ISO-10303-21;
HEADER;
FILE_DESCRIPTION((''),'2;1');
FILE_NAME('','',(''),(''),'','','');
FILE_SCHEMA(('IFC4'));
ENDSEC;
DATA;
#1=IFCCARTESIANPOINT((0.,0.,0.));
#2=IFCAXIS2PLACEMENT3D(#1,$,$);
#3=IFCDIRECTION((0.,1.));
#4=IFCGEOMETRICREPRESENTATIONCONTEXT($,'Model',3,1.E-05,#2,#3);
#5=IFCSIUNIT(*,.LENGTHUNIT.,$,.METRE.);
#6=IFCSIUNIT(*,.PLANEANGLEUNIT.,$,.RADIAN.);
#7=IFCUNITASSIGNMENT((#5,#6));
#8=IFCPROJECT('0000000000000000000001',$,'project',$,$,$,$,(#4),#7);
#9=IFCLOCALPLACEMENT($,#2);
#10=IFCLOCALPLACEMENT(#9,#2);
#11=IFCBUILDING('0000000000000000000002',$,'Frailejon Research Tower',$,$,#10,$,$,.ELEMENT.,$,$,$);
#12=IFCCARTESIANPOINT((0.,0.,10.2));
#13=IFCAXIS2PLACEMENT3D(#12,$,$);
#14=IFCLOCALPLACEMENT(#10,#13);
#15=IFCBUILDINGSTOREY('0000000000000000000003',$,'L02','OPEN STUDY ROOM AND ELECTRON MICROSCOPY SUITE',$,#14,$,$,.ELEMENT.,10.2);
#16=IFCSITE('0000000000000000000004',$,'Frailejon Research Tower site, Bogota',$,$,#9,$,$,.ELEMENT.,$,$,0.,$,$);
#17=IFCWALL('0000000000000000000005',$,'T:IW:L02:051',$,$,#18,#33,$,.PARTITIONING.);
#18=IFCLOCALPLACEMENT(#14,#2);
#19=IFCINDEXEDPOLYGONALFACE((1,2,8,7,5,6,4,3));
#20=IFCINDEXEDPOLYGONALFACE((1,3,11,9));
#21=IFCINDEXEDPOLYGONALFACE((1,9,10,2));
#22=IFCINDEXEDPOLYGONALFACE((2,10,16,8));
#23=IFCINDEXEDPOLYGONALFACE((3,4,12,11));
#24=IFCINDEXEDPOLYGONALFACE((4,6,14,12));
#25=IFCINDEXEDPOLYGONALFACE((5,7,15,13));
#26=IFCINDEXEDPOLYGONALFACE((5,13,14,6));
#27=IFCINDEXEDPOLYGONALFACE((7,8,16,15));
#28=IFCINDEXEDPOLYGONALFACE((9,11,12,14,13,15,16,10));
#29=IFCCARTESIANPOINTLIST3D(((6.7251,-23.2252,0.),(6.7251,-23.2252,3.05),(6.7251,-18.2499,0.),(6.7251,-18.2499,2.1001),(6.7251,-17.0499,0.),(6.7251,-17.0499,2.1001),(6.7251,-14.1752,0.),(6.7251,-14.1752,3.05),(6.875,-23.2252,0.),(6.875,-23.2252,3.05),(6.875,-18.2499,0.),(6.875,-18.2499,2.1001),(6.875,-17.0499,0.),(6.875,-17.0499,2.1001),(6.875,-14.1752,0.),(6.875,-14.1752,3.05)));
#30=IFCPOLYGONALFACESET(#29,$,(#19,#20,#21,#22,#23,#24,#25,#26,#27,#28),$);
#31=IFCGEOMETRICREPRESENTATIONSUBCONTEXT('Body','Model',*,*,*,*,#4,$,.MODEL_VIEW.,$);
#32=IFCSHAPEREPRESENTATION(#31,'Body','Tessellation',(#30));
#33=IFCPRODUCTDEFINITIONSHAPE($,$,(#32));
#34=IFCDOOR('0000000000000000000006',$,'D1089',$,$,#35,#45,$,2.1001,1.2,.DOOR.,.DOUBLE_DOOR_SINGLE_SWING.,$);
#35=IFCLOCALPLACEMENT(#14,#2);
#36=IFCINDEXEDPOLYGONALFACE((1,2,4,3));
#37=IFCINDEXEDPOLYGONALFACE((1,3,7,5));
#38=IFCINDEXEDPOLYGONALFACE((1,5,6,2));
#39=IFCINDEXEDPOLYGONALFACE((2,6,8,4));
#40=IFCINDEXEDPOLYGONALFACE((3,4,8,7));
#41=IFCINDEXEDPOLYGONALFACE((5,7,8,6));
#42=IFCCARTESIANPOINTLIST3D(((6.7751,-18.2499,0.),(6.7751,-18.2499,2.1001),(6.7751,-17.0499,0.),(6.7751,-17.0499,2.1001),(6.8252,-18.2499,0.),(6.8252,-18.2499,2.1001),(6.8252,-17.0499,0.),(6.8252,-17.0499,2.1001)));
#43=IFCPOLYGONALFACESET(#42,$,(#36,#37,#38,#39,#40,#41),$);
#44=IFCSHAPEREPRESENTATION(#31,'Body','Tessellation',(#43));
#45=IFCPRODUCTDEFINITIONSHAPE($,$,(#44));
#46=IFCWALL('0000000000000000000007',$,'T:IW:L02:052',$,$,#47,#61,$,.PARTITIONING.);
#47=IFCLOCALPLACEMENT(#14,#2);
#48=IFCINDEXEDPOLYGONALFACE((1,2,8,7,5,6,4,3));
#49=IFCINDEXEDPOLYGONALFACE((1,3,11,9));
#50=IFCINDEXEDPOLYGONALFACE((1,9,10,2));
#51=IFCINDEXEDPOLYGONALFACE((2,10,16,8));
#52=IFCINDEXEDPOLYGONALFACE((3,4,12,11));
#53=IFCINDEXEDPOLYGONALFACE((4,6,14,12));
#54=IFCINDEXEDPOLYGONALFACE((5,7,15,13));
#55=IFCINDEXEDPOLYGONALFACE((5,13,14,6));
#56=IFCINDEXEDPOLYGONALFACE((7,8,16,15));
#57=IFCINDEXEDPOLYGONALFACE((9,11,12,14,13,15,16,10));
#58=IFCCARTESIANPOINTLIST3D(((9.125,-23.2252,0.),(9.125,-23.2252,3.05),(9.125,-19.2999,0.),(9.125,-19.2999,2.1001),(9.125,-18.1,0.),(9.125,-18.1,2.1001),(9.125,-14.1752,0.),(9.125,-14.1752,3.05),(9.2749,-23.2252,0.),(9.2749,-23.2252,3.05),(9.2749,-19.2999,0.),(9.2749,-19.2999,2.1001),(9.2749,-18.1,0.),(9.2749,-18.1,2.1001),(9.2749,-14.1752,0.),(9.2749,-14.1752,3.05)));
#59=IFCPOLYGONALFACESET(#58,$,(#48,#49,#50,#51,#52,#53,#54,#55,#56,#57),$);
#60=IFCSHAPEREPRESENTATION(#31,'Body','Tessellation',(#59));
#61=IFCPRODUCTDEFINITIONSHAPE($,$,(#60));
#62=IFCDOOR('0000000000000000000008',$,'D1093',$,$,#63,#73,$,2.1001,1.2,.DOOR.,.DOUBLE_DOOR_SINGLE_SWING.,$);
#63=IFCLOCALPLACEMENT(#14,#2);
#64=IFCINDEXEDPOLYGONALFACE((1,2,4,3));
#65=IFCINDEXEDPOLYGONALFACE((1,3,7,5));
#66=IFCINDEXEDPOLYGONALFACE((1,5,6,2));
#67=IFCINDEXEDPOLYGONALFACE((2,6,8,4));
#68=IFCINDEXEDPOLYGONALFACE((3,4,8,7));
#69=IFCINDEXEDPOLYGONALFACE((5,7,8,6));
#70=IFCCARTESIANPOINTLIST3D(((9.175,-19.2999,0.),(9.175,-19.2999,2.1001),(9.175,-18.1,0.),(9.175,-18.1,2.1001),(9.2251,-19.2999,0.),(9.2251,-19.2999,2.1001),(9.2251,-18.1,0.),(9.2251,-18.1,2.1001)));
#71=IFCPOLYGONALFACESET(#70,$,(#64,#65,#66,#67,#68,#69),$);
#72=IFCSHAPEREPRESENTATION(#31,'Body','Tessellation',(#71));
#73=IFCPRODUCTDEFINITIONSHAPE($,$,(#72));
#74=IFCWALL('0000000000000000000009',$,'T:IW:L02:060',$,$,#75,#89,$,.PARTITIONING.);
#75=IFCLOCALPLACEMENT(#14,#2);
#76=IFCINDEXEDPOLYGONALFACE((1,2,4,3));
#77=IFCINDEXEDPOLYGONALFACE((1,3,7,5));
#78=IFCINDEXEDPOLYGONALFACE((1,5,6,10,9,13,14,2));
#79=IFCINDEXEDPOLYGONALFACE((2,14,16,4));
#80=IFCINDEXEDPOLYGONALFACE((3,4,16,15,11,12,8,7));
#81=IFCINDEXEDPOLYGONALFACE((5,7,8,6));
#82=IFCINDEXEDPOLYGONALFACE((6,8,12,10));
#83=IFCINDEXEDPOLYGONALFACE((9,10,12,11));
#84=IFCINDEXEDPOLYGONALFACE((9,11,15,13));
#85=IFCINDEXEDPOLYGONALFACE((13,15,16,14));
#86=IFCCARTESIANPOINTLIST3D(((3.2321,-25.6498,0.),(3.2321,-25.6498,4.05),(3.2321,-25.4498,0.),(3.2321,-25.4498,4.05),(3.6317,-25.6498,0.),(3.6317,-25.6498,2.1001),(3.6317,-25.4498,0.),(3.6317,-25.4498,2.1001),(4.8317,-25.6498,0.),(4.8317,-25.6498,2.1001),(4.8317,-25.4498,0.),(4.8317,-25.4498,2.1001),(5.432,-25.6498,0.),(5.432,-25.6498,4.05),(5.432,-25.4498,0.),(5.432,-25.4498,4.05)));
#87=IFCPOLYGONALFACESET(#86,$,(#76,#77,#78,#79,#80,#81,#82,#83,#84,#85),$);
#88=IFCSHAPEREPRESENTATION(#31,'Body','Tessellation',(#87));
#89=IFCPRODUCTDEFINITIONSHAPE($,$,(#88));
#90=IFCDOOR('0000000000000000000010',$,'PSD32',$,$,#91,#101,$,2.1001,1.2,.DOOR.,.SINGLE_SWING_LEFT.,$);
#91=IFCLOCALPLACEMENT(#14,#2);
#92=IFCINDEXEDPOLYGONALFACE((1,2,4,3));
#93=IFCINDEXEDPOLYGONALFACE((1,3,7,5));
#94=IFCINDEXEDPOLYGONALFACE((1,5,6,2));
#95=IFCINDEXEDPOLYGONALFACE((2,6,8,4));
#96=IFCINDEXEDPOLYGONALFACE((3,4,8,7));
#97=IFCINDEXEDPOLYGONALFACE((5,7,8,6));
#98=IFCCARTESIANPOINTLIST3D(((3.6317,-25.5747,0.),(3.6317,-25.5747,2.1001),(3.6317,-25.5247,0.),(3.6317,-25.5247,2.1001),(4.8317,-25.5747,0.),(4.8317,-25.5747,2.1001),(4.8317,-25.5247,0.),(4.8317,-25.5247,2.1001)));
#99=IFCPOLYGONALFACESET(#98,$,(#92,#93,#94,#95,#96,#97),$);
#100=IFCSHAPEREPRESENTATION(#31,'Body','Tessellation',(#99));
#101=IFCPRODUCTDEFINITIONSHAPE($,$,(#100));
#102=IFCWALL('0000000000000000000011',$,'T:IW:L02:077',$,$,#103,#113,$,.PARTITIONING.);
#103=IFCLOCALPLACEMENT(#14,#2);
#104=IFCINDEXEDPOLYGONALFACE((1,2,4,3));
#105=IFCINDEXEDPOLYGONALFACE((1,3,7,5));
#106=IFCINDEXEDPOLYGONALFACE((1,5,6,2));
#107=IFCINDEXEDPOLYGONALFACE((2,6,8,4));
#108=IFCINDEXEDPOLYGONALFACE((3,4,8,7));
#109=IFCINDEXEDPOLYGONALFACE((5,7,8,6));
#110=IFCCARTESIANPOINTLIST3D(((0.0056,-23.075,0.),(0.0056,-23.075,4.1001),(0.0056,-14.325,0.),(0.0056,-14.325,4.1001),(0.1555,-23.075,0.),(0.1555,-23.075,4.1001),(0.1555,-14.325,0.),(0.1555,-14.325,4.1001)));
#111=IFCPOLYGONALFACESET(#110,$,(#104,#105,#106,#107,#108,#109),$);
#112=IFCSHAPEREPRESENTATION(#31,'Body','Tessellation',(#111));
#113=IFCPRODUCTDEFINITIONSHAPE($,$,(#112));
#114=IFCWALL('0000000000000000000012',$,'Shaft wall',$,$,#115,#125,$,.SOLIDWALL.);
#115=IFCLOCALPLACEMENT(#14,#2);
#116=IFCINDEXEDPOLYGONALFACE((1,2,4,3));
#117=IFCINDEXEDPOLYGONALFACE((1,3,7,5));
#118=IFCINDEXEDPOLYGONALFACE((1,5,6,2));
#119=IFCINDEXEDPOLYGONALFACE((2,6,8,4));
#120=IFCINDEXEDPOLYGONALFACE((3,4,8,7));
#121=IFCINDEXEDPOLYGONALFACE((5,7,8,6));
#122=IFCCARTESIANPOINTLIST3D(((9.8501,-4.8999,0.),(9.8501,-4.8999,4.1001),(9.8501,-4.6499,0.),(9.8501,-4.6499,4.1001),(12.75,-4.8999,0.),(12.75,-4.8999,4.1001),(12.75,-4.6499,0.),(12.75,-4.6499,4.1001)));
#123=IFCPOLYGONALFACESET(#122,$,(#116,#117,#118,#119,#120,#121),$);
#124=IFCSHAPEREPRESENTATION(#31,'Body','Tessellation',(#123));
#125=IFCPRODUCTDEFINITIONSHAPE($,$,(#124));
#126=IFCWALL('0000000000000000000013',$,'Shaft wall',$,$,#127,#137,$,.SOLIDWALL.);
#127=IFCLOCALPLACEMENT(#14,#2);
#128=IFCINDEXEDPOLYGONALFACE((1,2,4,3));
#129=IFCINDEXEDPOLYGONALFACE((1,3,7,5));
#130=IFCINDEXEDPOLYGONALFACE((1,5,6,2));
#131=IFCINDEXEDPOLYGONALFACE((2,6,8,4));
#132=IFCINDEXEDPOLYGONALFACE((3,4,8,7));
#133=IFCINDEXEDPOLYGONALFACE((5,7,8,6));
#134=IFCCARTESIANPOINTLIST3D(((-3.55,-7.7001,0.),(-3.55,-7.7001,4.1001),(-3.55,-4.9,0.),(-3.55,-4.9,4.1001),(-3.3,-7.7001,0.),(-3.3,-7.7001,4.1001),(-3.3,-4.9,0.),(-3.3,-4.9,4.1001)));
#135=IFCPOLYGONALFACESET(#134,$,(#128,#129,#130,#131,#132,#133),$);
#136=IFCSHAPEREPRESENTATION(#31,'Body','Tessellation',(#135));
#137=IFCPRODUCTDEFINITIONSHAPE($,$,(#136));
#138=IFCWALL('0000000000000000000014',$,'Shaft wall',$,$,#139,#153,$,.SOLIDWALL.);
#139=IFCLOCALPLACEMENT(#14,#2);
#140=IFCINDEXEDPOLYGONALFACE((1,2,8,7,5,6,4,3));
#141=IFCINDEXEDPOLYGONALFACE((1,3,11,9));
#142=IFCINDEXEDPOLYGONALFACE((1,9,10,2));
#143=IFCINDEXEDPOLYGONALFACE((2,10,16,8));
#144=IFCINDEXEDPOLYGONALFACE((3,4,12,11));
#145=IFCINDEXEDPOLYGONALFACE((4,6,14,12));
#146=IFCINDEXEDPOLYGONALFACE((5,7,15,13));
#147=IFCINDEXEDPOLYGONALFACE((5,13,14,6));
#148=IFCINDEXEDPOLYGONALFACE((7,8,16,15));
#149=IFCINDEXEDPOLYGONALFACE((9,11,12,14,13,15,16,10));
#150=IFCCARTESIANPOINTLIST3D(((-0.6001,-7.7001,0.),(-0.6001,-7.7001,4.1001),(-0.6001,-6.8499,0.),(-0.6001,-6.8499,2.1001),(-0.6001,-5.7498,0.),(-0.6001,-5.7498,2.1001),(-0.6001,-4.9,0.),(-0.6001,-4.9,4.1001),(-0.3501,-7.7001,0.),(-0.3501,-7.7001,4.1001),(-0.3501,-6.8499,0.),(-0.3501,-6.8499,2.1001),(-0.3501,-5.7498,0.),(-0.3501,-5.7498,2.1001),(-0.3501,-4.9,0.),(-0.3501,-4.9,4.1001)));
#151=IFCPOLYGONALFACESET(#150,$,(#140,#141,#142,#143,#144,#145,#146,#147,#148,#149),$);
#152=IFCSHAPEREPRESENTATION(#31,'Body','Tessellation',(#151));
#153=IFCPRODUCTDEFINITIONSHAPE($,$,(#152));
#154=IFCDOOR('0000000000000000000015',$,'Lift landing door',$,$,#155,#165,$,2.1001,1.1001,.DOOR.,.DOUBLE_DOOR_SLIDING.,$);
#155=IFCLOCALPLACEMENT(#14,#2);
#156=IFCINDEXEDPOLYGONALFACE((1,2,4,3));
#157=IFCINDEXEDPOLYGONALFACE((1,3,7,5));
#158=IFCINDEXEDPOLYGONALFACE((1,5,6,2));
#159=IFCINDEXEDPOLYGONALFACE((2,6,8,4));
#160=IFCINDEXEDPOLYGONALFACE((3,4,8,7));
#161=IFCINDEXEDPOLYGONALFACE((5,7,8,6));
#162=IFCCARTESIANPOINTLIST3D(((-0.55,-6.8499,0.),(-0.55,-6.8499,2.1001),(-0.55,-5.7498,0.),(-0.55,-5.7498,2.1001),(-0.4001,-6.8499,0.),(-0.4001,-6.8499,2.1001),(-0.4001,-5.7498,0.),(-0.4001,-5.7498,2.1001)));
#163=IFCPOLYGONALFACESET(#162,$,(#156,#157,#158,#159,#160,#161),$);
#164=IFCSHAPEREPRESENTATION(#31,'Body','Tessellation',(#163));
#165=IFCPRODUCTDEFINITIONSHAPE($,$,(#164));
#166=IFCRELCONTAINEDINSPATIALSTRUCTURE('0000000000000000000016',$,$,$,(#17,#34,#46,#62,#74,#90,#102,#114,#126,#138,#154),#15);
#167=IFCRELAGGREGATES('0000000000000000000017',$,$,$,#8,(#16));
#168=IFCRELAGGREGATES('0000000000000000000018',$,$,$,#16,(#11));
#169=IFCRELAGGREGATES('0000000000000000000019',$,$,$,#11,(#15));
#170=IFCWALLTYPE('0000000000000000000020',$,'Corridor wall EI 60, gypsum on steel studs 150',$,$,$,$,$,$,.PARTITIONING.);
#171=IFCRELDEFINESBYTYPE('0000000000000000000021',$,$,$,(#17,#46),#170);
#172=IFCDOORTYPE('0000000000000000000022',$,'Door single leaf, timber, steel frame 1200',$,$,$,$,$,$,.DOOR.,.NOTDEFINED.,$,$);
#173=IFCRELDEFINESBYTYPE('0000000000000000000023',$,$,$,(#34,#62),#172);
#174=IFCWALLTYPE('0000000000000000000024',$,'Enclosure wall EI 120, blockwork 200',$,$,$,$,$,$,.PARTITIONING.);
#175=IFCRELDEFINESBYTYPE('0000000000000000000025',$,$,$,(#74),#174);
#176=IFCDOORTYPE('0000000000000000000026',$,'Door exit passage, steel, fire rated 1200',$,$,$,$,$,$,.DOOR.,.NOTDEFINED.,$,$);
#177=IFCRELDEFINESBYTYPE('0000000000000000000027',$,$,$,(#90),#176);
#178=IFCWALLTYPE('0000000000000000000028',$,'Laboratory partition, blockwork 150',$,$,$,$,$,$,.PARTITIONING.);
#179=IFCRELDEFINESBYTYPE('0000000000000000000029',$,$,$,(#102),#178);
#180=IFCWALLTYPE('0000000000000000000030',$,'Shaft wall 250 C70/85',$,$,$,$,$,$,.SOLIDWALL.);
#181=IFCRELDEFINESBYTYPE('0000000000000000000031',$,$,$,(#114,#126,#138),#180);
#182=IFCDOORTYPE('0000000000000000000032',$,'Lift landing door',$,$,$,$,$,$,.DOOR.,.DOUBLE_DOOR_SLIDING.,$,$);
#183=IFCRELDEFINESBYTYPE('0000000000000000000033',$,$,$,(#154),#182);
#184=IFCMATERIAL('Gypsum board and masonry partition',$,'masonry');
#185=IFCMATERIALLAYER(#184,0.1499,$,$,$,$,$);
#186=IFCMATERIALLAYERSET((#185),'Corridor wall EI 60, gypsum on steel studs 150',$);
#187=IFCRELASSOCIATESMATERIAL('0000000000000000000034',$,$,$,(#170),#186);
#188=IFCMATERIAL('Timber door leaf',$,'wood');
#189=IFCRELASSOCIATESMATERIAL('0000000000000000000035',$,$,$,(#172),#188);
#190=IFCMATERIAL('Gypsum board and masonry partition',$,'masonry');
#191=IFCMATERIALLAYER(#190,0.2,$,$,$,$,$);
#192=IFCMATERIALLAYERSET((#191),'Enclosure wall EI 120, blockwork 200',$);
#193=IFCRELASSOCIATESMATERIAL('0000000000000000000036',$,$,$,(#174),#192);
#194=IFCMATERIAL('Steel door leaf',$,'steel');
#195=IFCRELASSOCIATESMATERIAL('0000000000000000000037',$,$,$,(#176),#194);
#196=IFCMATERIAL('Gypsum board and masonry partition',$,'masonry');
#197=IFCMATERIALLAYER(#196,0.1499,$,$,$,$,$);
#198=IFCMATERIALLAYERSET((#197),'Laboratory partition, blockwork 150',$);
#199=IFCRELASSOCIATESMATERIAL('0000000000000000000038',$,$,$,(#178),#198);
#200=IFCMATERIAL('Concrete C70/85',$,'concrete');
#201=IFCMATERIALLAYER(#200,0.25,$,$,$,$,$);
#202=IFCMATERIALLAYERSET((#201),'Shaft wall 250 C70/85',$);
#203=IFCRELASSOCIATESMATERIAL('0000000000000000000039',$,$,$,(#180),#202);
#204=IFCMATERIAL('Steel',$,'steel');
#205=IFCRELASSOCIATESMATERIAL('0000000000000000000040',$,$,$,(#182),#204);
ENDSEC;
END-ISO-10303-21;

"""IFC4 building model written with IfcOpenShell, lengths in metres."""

from ifc_helpers import new_model, si_unit, direction, frame, frame_2d, origin, place, context, subcontext, project, spatial, rectangle, extrude, material, layer, layer_set, type_object, element, fill, save


model = new_model("IFC4")

# Units and contexts
model_context = context("Model", 3, precision=1e-05, world=origin(), true_north=direction((0.0, 1.0)))
body_context = subcontext(model_context, "Body", "Model", "MODEL_VIEW")
ifc_project = project(units=[si_unit("LENGTHUNIT", "METRE"), si_unit("PLANEANGLEUNIT", "RADIAN")], contexts=[model_context])

# Site, building, storey
site_placement = place(None, origin())
site = spatial("IfcSite", under=ifc_project, at=site_placement, Name="Frailejon Research Tower site, Bogota", CompositionType="ELEMENT", RefElevation=0.0)
building_placement = place(site_placement, origin())
building = spatial("IfcBuilding", under=site, at=building_placement, Name="Frailejon Research Tower", CompositionType="ELEMENT")
storey_placement = place(building_placement, frame((0.0, 0.0, 10.2)))
storey = spatial("IfcBuildingStorey", under=building, at=storey_placement, Name="L02", Description="OPEN STUDY ROOM AND ELECTRON MICROSCOPY SUITE", CompositionType="ELEMENT", Elevation=10.2)

# Shared definitions
ifc_material_1 = material(Name="Gypsum board and masonry partition", Category="masonry")
ifc_layer_1 = layer(ifc_material_1, 0.1499)
ifc_layer_set_1 = layer_set([ifc_layer_1], Name="Corridor wall EI 60, gypsum on steel studs 150")
wall_type_1 = type_object("IfcWallType", Name="Corridor wall EI 60, gypsum on steel studs 150", PredefinedType="PARTITIONING", material=ifc_layer_set_1)

# Walls, openings, doors
wall_1_placement = place(storey_placement, frame((6.8, -23.2251, 0.0), z_axis=(0.0, 0.0, 1.0), x_axis=(0.0, 1.0, 0.0)))
wall_1 = element("IfcWall", 1, at=wall_1_placement, inside=storey, type_object=wall_type_1, Name="T:IW:L02:051", PredefinedType="PARTITIONING", context=body_context, shape_type="SweptSolid", body=[
    extrude(rectangle(XDim=9.05, YDim=0.1499, at=frame_2d((4.5249, 0.0))), origin(), (0.0, 0.0, 1.0), 3.05),
])
opening_1_placement = place(wall_1_placement, frame((4.9751, 0.0, 0.0)))
opening_1 = element("IfcOpeningElement", 2, at=opening_1_placement, cuts=wall_1, PredefinedType="OPENING", context=body_context, shape_type="SweptSolid", body=[
    extrude(rectangle(XDim=1.2, YDim=2.1001, at=frame_2d((0.6001, 1.05))), frame((0.0, 0.085, 0.0), z_axis=(0.0, -1.0, 0.0), x_axis=(1.0, 0.0, 0.0)), (0.0, 0.0, 1.0), 0.1699),
])
ifc_material_2 = material(Name="Timber door leaf", Category="wood")
door_type_1 = type_object("IfcDoorType", Name="Door single leaf, timber, steel frame 1200", OperationType="NOTDEFINED", PredefinedType="DOOR", material=ifc_material_2)
door_1_placement = place(opening_1_placement, origin())
door_1 = element("IfcDoor", 3, at=door_1_placement, inside=storey, type_object=door_type_1, Name="D1089", OperationType="DOUBLE_DOOR_SINGLE_SWING", OverallHeight=2.1001, OverallWidth=1.2, PredefinedType="DOOR", context=body_context, shape_type="SweptSolid", body=[
    extrude(rectangle(XDim=1.2, YDim=2.1001, at=frame_2d((0.6001, 1.05))), frame((0.0, 0.0249, 0.0), z_axis=(0.0, -1.0, 0.0), x_axis=(1.0, 0.0, 0.0)), (0.0, 0.0, 1.0), 0.05),
])
fill(opening_1, door_1)
wall_2_placement = place(storey_placement, frame((9.2, -23.2251, 0.0), z_axis=(0.0, 0.0, 1.0), x_axis=(0.0, 1.0, 0.0)))
wall_2 = element("IfcWall", 4, at=wall_2_placement, inside=storey, type_object=wall_type_1, Name="T:IW:L02:052", PredefinedType="PARTITIONING", context=body_context, shape_type="SweptSolid", body=[
    extrude(rectangle(XDim=9.05, YDim=0.1499, at=frame_2d((4.5249, 0.0))), origin(), (0.0, 0.0, 1.0), 3.05),
])
opening_2_placement = place(wall_2_placement, frame((3.925, 0.0, 0.0)))
opening_2 = element("IfcOpeningElement", 5, at=opening_2_placement, cuts=wall_2, PredefinedType="OPENING", context=body_context, shape_type="SweptSolid", body=[
    extrude(rectangle(XDim=1.2, YDim=2.1001, at=frame_2d((0.6001, 1.05))), frame((0.0, 0.085, 0.0), z_axis=(0.0, -1.0, 0.0), x_axis=(1.0, 0.0, 0.0)), (0.0, 0.0, 1.0), 0.1699),
])
door_2_placement = place(opening_2_placement, origin())
door_2 = element("IfcDoor", 6, at=door_2_placement, inside=storey, type_object=door_type_1, Name="D1093", OperationType="DOUBLE_DOOR_SINGLE_SWING", OverallHeight=2.1001, OverallWidth=1.2, PredefinedType="DOOR", context=body_context, shape_type="SweptSolid", body=[
    extrude(rectangle(XDim=1.2, YDim=2.1001, at=frame_2d((0.6001, 1.05))), frame((0.0, 0.0249, 0.0), z_axis=(0.0, -1.0, 0.0), x_axis=(1.0, 0.0, 0.0)), (0.0, 0.0, 1.0), 0.05),
])
fill(opening_2, door_2)
ifc_material_3 = material(Name="Gypsum board and masonry partition", Category="masonry")
ifc_layer_2 = layer(ifc_material_3, 0.2)
ifc_layer_set_2 = layer_set([ifc_layer_2], Name="Enclosure wall EI 120, blockwork 200")
wall_type_2 = type_object("IfcWallType", Name="Enclosure wall EI 120, blockwork 200", PredefinedType="PARTITIONING", material=ifc_layer_set_2)
wall_3_placement = place(storey_placement, frame((3.2319, -25.5498, 0.0), z_axis=(0.0, 0.0, 1.0), x_axis=(1.0, 0.0, 0.0)))
wall_3 = element("IfcWall", 7, at=wall_3_placement, inside=storey, type_object=wall_type_2, Name="T:IW:L02:060", PredefinedType="PARTITIONING", context=body_context, shape_type="SweptSolid", body=[
    extrude(rectangle(XDim=2.2, YDim=0.2, at=frame_2d((1.1001, 0.0))), origin(), (0.0, 0.0, 1.0), 4.05),
])
opening_3_placement = place(wall_3_placement, frame((1.5999, 0.0, 0.0), z_axis=(0.0, 0.0, 1.0), x_axis=(-1.0, 0.0, 0.0)))
opening_3 = element("IfcOpeningElement", 8, at=opening_3_placement, cuts=wall_3, PredefinedType="OPENING", context=body_context, shape_type="SweptSolid", body=[
    extrude(rectangle(XDim=1.2, YDim=2.1001, at=frame_2d((0.6001, 1.05))), frame((0.0, 0.1099, 0.0), z_axis=(0.0, -1.0, 0.0), x_axis=(1.0, 0.0, 0.0)), (0.0, 0.0, 1.0), 0.22),
])
ifc_material_4 = material(Name="Steel door leaf", Category="steel")
door_type_2 = type_object("IfcDoorType", Name="Door exit passage, steel, fire rated 1200", OperationType="NOTDEFINED", PredefinedType="DOOR", material=ifc_material_4)
door_3_placement = place(opening_3_placement, origin())
door_3 = element("IfcDoor", 9, at=door_3_placement, inside=storey, type_object=door_type_2, Name="PSD32", OperationType="SINGLE_SWING_LEFT", OverallHeight=2.1001, OverallWidth=1.2, PredefinedType="DOOR", context=body_context, shape_type="SweptSolid", body=[
    extrude(rectangle(XDim=1.2, YDim=2.1001, at=frame_2d((0.6001, 1.05))), frame((0.0, 0.0249, 0.0), z_axis=(0.0, -1.0, 0.0), x_axis=(1.0, 0.0, 0.0)), (0.0, 0.0, 1.0), 0.05),
])
fill(opening_3, door_3)

# Walls
ifc_material_5 = material(Name="Gypsum board and masonry partition", Category="masonry")
ifc_layer_3 = layer(ifc_material_5, 0.1499)
ifc_layer_set_3 = layer_set([ifc_layer_3], Name="Laboratory partition, blockwork 150")
wall_type_3 = type_object("IfcWallType", Name="Laboratory partition, blockwork 150", PredefinedType="PARTITIONING", material=ifc_layer_set_3)
wall_4_placement = place(storey_placement, frame((0.0806, -23.075, 0.0), z_axis=(0.0, 0.0, 1.0), x_axis=(0.0, 1.0, 0.0)))
element("IfcWall", 10, at=wall_4_placement, inside=storey, type_object=wall_type_3, Name="T:IW:L02:077", PredefinedType="PARTITIONING", context=body_context, shape_type="SweptSolid", body=[
    extrude(rectangle(XDim=8.75, YDim=0.1499, at=frame_2d((4.375, 0.0))), origin(), (0.0, 0.0, 1.0), 4.1001),
])
ifc_material_6 = material(Name="Concrete C70/85", Category="concrete")
ifc_layer_4 = layer(ifc_material_6, 0.25)
ifc_layer_set_4 = layer_set([ifc_layer_4], Name="Shaft wall 250 C70/85")
wall_type_4 = type_object("IfcWallType", Name="Shaft wall 250 C70/85", PredefinedType="SOLIDWALL", material=ifc_layer_set_4)
wall_5_placement = place(storey_placement, frame((9.8501, -4.7749, 0.0), z_axis=(0.0, 0.0, 1.0), x_axis=(1.0, 0.0, 0.0)))
element("IfcWall", 11, at=wall_5_placement, inside=storey, type_object=wall_type_4, Name="Shaft wall", PredefinedType="SOLIDWALL", context=body_context, shape_type="SweptSolid", body=[
    extrude(rectangle(XDim=2.8999, YDim=0.25, at=frame_2d((1.45, 0.0))), origin(), (0.0, 0.0, 1.0), 4.1001),
])
wall_6_placement = place(storey_placement, frame((-3.425, -7.7, 0.0), z_axis=(0.0, 0.0, 1.0), x_axis=(0.0, 1.0, 0.0)))
element("IfcWall", 12, at=wall_6_placement, inside=storey, type_object=wall_type_4, Name="Shaft wall", PredefinedType="SOLIDWALL", context=body_context, shape_type="SweptSolid", body=[
    extrude(rectangle(XDim=2.8, YDim=0.25, at=frame_2d((1.3999, 0.0))), origin(), (0.0, 0.0, 1.0), 4.1001),
])

# Wall, opening, door
wall_7_placement = place(storey_placement, frame((-0.4751, -7.7, 0.0), z_axis=(0.0, 0.0, 1.0), x_axis=(0.0, 1.0, 0.0)))
wall_7 = element("IfcWall", 13, at=wall_7_placement, inside=storey, type_object=wall_type_4, Name="Shaft wall", PredefinedType="SOLIDWALL", context=body_context, shape_type="SweptSolid", body=[
    extrude(rectangle(XDim=2.8, YDim=0.25, at=frame_2d((1.3999, 0.0))), origin(), (0.0, 0.0, 1.0), 4.1001),
])
opening_4_placement = place(wall_7_placement, frame((0.8501, 0.0, 0.0)))
opening_4 = element("IfcOpeningElement", 14, at=opening_4_placement, cuts=wall_7, PredefinedType="OPENING", context=body_context, shape_type="SweptSolid", body=[
    extrude(rectangle(XDim=1.1001, YDim=2.1001, at=frame_2d((0.55, 1.05))), frame((0.0, 0.135, 0.0), z_axis=(0.0, -1.0, 0.0), x_axis=(1.0, 0.0, 0.0)), (0.0, 0.0, 1.0), 0.27),
])
ifc_material_7 = material(Name="Steel", Category="steel")
door_type_3 = type_object("IfcDoorType", Name="Lift landing door", OperationType="DOUBLE_DOOR_SLIDING", PredefinedType="DOOR", material=ifc_material_7)
door_4_placement = place(opening_4_placement, origin())
door_4 = element("IfcDoor", 15, at=door_4_placement, inside=storey, type_object=door_type_3, Name="Lift landing door", OperationType="DOUBLE_DOOR_SLIDING", OverallHeight=2.1001, OverallWidth=1.1001, PredefinedType="DOOR", context=body_context, shape_type="SweptSolid", body=[
    extrude(rectangle(XDim=1.1001, YDim=2.1001, at=frame_2d((0.55, 1.05))), frame((0.0, 0.075, 0.0), z_axis=(0.0, -1.0, 0.0), x_axis=(1.0, 0.0, 0.0)), (0.0, 0.0, 1.0), 0.1499),
])
fill(opening_4, door_4)

save(model, "model.ifc")
